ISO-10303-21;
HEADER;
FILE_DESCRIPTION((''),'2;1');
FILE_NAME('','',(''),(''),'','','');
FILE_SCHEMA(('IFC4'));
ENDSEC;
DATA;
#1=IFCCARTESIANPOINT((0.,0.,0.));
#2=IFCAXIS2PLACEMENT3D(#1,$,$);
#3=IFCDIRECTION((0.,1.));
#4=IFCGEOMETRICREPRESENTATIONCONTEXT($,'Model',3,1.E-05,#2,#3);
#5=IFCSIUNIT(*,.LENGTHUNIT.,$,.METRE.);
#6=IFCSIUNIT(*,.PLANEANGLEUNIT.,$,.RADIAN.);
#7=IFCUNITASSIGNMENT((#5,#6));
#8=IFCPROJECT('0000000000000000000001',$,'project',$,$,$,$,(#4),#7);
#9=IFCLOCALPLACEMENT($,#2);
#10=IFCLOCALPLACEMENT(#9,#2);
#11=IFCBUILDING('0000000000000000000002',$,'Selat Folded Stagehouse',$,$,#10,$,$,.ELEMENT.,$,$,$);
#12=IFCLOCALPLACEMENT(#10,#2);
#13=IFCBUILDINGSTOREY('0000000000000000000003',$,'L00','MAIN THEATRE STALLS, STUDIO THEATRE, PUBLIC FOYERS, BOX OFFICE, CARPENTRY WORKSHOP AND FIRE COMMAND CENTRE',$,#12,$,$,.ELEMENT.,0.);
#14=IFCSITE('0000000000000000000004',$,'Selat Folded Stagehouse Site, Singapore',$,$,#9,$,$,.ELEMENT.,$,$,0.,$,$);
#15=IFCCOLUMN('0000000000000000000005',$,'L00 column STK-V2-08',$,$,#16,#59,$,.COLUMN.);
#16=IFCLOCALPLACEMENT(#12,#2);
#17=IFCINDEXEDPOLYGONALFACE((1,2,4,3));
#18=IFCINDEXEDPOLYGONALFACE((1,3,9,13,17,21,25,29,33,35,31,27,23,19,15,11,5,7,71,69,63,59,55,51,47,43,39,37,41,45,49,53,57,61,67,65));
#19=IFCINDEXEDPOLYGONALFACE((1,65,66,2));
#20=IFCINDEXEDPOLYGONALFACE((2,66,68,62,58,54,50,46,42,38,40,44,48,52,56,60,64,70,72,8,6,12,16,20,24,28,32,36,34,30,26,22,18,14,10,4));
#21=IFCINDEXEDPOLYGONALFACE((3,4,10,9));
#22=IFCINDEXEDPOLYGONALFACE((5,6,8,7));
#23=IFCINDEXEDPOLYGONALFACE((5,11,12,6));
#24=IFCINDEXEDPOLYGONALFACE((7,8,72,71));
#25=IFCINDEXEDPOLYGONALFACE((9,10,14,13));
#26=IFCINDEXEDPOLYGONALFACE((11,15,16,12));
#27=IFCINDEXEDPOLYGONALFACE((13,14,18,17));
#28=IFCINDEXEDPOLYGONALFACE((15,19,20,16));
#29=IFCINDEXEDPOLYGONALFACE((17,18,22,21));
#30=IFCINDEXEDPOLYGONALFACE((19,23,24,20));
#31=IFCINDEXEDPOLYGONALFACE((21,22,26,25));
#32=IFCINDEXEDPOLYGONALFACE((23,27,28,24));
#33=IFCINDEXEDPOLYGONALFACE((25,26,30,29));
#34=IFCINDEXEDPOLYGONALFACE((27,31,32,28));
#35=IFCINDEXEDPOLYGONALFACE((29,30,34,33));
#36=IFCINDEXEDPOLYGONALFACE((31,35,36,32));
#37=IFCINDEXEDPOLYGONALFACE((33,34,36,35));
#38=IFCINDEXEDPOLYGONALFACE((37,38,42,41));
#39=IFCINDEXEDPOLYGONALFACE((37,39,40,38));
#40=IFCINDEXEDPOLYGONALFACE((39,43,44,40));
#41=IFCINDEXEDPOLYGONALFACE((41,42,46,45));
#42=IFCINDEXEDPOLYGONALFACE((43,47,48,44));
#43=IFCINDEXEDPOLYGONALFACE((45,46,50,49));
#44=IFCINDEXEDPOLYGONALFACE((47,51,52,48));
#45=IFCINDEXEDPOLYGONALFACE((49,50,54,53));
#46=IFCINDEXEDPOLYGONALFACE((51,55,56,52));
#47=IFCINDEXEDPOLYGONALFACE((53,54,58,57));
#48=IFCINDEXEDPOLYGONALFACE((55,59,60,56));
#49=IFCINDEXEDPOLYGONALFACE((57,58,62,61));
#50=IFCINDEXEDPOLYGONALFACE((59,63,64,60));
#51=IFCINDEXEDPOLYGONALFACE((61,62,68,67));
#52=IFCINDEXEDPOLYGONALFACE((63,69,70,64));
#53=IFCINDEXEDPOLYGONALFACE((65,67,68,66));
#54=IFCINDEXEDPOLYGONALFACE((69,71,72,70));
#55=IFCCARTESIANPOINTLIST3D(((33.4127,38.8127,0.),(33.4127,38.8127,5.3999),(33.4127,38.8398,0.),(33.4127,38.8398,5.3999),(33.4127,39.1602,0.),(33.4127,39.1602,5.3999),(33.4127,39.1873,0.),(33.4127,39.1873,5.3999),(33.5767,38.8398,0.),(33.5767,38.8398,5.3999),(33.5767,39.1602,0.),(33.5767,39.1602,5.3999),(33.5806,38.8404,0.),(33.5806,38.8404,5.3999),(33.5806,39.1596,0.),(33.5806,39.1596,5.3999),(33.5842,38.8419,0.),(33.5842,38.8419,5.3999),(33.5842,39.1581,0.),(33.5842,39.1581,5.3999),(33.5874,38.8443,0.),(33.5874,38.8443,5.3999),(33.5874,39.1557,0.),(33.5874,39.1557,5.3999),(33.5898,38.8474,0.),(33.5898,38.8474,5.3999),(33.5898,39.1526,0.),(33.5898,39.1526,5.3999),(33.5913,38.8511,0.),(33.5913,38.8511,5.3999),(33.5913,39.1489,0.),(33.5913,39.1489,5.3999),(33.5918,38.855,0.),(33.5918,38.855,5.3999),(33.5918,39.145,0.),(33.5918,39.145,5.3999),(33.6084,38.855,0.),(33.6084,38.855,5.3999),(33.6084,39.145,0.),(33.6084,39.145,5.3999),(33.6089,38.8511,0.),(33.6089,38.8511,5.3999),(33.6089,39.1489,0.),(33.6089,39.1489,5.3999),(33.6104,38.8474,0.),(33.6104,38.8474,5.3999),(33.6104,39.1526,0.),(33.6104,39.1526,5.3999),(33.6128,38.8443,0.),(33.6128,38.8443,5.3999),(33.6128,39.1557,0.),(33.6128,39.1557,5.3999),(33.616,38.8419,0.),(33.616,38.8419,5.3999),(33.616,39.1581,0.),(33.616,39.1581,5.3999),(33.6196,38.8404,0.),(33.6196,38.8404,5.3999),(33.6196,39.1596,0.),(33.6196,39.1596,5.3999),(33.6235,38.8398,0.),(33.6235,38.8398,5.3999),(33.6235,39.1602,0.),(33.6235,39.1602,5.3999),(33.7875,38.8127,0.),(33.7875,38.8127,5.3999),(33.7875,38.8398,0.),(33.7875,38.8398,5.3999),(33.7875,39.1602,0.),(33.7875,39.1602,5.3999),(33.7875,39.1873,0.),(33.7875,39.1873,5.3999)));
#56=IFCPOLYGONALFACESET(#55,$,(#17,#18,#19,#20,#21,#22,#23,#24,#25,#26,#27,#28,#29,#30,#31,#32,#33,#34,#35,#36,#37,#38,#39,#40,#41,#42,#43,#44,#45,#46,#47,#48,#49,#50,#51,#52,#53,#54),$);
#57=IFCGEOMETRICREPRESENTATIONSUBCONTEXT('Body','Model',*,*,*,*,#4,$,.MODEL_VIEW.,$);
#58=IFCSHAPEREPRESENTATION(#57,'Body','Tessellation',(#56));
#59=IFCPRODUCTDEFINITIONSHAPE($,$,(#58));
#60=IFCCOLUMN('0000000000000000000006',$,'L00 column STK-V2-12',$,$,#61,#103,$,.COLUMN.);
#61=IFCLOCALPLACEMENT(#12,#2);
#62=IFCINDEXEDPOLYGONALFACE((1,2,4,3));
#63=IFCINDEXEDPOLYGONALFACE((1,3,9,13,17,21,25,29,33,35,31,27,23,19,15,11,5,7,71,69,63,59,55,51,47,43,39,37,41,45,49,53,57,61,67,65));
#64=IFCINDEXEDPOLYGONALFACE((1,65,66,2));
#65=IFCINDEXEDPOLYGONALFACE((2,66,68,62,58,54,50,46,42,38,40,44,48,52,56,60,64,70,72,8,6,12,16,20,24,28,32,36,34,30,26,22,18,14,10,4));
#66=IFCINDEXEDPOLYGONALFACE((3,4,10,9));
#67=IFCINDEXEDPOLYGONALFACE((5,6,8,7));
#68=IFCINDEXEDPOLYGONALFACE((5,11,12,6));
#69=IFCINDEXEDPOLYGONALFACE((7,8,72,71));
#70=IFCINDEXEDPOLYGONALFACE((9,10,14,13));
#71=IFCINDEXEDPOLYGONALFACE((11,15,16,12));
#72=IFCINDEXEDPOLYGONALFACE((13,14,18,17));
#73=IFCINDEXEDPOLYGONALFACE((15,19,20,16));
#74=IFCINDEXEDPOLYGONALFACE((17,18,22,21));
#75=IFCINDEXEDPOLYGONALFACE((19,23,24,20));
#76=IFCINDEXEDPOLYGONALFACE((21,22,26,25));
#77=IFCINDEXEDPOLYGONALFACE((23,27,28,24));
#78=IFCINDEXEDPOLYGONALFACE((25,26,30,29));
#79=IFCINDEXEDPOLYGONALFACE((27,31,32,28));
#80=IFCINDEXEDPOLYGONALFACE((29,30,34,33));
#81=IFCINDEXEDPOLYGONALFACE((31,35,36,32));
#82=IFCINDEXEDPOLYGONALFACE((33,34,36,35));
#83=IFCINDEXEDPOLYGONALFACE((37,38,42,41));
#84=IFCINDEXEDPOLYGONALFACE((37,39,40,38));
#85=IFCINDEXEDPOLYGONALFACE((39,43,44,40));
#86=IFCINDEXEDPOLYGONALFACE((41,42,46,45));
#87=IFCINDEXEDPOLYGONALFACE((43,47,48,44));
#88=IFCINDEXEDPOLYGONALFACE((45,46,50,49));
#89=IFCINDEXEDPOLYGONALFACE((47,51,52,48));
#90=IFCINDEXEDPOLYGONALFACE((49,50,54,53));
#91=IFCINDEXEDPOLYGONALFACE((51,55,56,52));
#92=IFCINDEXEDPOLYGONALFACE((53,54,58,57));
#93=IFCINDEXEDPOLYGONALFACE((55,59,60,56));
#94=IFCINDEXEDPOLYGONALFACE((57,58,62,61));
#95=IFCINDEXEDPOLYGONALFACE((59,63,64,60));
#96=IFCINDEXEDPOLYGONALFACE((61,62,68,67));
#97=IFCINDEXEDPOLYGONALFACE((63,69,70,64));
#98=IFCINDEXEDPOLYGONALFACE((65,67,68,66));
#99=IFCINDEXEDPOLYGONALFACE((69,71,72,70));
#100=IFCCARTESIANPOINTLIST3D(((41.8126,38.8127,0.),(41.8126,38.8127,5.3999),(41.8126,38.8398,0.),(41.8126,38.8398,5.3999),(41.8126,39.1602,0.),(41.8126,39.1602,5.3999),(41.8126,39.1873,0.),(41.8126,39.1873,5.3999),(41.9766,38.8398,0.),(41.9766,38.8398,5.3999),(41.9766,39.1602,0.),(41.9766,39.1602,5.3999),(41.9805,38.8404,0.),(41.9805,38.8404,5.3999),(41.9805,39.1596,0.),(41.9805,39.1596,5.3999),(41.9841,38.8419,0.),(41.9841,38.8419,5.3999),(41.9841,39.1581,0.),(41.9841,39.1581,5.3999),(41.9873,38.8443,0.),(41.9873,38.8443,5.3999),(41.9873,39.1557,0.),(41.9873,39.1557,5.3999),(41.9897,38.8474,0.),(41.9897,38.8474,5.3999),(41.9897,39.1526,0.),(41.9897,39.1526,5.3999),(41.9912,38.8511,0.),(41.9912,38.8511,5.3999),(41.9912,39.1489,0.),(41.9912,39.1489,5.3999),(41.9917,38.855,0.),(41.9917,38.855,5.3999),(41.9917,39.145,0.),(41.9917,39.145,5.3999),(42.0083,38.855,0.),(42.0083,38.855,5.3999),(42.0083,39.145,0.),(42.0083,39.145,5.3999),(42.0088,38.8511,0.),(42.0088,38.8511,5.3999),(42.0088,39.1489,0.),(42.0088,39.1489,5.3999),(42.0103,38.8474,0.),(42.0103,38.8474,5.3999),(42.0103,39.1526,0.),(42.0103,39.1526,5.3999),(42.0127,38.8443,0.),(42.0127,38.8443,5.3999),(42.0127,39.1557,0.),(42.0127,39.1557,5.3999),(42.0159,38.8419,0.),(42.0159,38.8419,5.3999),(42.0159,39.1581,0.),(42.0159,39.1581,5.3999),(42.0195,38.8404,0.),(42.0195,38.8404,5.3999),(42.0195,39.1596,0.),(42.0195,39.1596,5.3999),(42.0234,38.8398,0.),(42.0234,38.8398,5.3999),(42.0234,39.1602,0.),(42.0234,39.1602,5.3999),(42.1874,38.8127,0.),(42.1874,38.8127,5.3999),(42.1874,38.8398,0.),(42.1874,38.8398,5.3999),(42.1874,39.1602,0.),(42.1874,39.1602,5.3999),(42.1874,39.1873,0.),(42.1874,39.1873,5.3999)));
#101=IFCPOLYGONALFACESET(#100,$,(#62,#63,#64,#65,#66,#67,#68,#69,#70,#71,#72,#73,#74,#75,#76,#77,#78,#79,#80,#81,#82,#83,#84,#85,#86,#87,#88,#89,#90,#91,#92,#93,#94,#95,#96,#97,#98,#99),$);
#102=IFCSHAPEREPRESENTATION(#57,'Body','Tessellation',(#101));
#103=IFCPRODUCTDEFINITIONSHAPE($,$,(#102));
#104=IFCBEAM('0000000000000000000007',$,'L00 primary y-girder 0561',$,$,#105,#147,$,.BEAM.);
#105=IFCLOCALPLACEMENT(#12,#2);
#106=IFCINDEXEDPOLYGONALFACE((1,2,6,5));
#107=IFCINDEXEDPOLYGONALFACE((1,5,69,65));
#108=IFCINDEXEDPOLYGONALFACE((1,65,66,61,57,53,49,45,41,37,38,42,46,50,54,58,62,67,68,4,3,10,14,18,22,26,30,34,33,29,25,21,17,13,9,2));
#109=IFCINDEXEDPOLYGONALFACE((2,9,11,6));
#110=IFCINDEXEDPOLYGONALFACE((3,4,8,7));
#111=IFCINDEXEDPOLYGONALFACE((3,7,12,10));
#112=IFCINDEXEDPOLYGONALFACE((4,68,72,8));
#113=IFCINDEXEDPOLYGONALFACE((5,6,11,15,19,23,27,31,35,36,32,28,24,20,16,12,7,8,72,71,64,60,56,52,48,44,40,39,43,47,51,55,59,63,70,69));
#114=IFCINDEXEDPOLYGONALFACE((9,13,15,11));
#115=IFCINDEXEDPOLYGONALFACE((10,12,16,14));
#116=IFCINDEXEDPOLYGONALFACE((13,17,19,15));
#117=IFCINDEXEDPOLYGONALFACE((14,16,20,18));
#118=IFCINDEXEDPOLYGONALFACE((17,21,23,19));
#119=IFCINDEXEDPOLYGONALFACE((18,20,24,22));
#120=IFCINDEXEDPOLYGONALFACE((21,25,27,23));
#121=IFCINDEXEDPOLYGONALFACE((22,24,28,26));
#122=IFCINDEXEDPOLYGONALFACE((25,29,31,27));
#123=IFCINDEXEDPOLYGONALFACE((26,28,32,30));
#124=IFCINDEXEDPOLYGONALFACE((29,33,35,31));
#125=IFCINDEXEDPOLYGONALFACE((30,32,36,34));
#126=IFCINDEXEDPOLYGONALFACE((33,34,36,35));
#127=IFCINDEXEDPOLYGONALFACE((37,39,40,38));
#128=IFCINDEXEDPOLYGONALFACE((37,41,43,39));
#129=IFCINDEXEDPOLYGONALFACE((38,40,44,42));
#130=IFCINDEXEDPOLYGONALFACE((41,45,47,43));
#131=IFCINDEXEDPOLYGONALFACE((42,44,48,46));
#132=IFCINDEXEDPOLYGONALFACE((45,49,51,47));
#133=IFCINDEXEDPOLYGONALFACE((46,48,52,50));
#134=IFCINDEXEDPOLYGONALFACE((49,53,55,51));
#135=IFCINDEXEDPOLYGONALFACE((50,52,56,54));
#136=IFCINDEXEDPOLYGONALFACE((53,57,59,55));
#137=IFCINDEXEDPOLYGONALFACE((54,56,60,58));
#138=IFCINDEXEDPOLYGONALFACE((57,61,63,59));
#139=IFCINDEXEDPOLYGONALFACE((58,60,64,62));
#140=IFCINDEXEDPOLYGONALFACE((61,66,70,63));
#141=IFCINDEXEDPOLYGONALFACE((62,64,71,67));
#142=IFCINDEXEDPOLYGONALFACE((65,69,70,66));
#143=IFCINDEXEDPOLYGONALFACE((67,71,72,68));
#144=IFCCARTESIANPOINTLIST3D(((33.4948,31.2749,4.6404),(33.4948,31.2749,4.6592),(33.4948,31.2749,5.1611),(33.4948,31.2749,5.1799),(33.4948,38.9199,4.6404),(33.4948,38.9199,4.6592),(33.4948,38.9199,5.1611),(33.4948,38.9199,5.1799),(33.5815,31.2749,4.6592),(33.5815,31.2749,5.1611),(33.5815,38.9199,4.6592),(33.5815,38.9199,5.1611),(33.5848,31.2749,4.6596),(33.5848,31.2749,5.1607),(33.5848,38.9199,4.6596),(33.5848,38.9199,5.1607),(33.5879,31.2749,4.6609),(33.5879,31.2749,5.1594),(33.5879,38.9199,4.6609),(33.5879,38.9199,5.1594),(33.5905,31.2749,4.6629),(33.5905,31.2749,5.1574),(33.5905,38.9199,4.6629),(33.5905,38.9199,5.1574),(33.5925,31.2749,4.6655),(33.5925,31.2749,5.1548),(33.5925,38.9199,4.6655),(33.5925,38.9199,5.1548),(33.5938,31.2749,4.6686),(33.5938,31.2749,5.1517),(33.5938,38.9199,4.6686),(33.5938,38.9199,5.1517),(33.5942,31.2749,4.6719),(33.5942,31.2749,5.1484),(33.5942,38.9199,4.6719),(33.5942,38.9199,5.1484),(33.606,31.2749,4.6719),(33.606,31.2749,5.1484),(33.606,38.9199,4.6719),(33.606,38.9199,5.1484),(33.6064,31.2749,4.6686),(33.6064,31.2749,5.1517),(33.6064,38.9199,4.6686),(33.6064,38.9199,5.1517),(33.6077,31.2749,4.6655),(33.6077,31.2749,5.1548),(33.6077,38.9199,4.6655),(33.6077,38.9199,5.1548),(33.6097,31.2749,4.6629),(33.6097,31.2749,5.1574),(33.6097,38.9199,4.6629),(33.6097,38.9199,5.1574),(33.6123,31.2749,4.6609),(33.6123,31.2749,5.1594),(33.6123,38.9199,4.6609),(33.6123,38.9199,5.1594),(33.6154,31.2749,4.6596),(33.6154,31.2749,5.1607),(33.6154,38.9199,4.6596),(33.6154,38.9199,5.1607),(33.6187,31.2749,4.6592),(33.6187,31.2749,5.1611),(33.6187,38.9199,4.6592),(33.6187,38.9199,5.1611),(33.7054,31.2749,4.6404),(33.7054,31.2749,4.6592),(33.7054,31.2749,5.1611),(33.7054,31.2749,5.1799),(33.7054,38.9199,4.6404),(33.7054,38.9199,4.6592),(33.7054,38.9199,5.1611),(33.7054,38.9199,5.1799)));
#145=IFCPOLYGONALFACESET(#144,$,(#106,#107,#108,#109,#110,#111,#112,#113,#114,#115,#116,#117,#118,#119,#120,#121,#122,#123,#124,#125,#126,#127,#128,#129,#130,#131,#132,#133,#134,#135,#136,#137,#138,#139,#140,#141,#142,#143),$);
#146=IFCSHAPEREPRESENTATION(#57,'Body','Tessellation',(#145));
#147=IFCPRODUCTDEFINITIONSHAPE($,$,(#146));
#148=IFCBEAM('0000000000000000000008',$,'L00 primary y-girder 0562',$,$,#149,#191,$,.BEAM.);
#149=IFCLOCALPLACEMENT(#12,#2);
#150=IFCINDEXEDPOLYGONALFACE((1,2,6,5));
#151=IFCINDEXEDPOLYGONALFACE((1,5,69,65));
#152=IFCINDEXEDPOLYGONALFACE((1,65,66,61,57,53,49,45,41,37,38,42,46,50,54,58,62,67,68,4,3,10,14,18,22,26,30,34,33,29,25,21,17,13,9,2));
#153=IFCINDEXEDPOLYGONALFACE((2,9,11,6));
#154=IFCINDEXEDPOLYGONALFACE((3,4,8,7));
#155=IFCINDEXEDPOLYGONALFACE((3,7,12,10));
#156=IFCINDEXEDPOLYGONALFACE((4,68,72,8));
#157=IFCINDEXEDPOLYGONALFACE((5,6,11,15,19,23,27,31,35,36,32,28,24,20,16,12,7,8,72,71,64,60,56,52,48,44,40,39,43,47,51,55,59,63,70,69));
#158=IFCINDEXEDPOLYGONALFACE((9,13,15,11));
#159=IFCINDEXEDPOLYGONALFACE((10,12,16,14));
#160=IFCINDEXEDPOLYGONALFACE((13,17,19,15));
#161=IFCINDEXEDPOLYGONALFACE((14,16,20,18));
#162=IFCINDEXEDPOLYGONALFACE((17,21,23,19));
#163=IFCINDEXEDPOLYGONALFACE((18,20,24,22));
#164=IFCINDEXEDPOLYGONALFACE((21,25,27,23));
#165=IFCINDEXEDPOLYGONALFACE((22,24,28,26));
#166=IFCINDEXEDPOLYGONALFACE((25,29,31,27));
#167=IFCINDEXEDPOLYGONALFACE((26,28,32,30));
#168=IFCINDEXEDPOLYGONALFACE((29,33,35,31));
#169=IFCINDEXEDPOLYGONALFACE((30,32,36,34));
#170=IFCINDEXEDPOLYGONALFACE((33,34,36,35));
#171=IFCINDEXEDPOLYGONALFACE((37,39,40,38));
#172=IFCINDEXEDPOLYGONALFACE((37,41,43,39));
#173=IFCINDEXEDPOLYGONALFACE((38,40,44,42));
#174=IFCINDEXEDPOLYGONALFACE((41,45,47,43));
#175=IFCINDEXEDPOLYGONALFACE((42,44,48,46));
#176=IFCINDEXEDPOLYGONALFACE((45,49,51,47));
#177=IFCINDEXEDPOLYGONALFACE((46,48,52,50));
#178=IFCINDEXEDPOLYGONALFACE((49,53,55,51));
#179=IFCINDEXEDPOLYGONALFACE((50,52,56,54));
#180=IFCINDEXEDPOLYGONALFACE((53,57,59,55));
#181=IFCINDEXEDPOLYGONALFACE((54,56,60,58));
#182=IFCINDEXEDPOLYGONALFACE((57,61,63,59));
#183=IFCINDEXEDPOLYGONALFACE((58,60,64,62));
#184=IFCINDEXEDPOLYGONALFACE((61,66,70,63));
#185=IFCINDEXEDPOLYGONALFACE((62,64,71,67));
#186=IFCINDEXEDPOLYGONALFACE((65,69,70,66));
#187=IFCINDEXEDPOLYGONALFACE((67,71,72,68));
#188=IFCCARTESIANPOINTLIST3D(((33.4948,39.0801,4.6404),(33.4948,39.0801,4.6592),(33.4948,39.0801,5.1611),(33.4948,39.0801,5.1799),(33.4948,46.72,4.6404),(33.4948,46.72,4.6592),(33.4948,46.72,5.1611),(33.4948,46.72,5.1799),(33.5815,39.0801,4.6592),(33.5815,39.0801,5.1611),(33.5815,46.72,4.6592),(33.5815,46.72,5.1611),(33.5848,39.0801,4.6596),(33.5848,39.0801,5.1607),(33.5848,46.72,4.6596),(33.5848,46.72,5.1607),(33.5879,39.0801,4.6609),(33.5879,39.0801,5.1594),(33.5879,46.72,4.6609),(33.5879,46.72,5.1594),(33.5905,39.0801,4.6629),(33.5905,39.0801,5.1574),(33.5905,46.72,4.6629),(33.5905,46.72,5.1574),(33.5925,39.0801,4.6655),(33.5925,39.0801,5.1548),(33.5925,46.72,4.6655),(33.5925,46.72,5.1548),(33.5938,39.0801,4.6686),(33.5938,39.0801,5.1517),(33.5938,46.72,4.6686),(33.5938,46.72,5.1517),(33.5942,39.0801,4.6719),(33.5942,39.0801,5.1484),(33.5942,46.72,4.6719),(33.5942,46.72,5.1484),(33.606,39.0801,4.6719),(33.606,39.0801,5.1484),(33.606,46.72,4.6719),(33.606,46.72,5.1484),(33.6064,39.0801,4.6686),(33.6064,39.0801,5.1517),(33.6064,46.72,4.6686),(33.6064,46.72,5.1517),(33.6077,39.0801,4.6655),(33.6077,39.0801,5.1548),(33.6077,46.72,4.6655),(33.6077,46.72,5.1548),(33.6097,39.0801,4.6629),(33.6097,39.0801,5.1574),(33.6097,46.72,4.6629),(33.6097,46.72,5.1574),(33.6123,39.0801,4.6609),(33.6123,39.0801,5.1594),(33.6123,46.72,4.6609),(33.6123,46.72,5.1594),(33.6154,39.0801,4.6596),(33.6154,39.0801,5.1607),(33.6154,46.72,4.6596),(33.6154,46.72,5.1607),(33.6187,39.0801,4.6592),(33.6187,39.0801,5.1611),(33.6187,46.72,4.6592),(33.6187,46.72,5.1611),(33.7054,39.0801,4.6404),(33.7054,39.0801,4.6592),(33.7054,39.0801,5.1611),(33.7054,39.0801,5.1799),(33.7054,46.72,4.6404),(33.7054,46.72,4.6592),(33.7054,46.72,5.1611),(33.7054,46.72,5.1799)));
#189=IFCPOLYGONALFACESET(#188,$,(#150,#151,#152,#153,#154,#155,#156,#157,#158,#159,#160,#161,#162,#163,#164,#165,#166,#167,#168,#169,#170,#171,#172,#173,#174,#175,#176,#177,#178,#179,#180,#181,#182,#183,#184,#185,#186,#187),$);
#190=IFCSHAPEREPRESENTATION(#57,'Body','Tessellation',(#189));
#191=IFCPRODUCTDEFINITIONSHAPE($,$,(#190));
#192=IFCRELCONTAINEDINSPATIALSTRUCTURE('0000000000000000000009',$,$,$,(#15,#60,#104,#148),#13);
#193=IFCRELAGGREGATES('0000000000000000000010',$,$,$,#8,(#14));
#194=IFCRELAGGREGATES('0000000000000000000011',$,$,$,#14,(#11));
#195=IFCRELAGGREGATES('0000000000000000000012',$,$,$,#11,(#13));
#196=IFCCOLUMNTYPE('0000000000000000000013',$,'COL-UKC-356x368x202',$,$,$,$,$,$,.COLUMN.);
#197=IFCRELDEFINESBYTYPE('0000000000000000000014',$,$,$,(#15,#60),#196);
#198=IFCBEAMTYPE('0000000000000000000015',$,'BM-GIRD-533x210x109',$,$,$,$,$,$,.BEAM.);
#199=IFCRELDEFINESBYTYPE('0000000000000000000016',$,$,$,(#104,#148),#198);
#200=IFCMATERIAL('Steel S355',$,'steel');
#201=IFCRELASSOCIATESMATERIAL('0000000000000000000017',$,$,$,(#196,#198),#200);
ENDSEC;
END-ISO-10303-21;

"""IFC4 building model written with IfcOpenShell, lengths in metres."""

from ifc_helpers import new_model, si_unit, direction, frame, origin, origin_2d, place, context, subcontext, project, spatial, i_section, extrude, material, material_profile, profile_set, type_object, element, save


model = new_model("IFC4")

# Units and contexts
model_context = context("Model", 3, precision=1e-05, world=origin(), true_north=direction((0.0, 1.0)))
body_context = subcontext(model_context, "Body", "Model", "MODEL_VIEW")
ifc_project = project(units=[si_unit("LENGTHUNIT", "METRE"), si_unit("PLANEANGLEUNIT", "RADIAN")], contexts=[model_context])

# Site, building, storey
site_placement = place(None, origin())
site = spatial("IfcSite", under=ifc_project, at=site_placement, Name="Selat Folded Stagehouse Site, Singapore", CompositionType="ELEMENT", RefElevation=0.0)
building_placement = place(site_placement, origin())
building = spatial("IfcBuilding", under=site, at=building_placement, Name="Selat Folded Stagehouse", CompositionType="ELEMENT")
storey_placement = place(building_placement, origin())
storey = spatial("IfcBuildingStorey", under=building, at=storey_placement, Name="L00", Description="MAIN THEATRE STALLS, STUDIO THEATRE, PUBLIC FOYERS, BOX OFFICE, CARPENTRY WORKSHOP AND FIRE COMMAND CENTRE", CompositionType="ELEMENT", Elevation=0.0)

# Columns
ifc_material_1 = material(Name="Steel S355", Category="steel")
ifc_material_profile_1 = material_profile(ifc_material_1, i_section(OverallWidth=0.3748, OverallDepth=0.3745, WebThickness=0.0166, FlangeThickness=0.0271, FilletRadius=0.0151, at=origin_2d()), Name="UKC 356x368x202")
ifc_profile_set_1 = profile_set([ifc_material_profile_1], Name="Steel S355")
column_type = type_object("IfcColumnType", Name="COL-UKC-356x368x202", PredefinedType="COLUMN", material=ifc_profile_set_1)
for number, where, z_axis, x_axis, name in (
    (1, (33.6001, 39.0, 0.0), (0.0, 0.0, 1.0), (1.0, 0.0, 0.0), "L00 column STK-V2-08"),
    (2, (42.0, 39.0, 0.0), (0.0, 0.0, 1.0), (1.0, 0.0, 0.0), "L00 column STK-V2-12"),
):
    element("IfcColumn", number, at=place(storey_placement, frame(where, z_axis=z_axis, x_axis=x_axis)), inside=storey, type_object=column_type, Name=name, PredefinedType="COLUMN", context=body_context, shape_type="SweptSolid", body=[
        extrude(i_section(OverallWidth=0.3748, OverallDepth=0.3745, WebThickness=0.0166, FlangeThickness=0.0271, FilletRadius=0.0151, at=origin_2d()), origin(), (0.0, 0.0, 1.0), 5.3999),
    ])

# Beams
ifc_material_profile_2 = material_profile(ifc_material_1, i_section(OverallWidth=0.2107, OverallDepth=0.5396, WebThickness=0.0117, FlangeThickness=0.0188, FilletRadius=0.0127, at=origin_2d()), Name="UKB 533x210x109")
ifc_profile_set_2 = profile_set([ifc_material_profile_2], Name="Steel S355")
beam_type_1 = type_object("IfcBeamType", Name="BM-GIRD-533x210x109", PredefinedType="BEAM", material=ifc_profile_set_2)
beam_1_placement = place(storey_placement, frame((33.6001, 31.2749, 4.9102), z_axis=(0.0, 1.0, 0.0), x_axis=(-1.0, 0.0, 0.0)))
element("IfcBeam", 3, at=beam_1_placement, inside=storey, type_object=beam_type_1, Name="L00 primary y-girder 0561", PredefinedType="BEAM", context=body_context, shape_type="SweptSolid", body=[
    extrude(i_section(OverallWidth=0.2107, OverallDepth=0.5396, WebThickness=0.0117, FlangeThickness=0.0188, FilletRadius=0.0127, at=origin_2d()), origin(), (0.0, 0.0, 1.0), 7.645),
])
for number, where, z_axis, x_axis, name in (
    (4, (33.6001, 39.0801, 4.9102), (0.0, 1.0, 0.0), (-1.0, 0.0, 0.0), "L00 primary y-girder 0562"),
):
    element("IfcBeam", number, at=place(storey_placement, frame(where, z_axis=z_axis, x_axis=x_axis)), inside=storey, type_object=beam_type_1, Name=name, PredefinedType="BEAM", context=body_context, shape_type="SweptSolid", body=[
        extrude(i_section(OverallWidth=0.2107, OverallDepth=0.5396, WebThickness=0.0117, FlangeThickness=0.0188, FilletRadius=0.0127, at=origin_2d()), origin(), (0.0, 0.0, 1.0), 7.6399),
    ])

save(model, "model.ifc")
